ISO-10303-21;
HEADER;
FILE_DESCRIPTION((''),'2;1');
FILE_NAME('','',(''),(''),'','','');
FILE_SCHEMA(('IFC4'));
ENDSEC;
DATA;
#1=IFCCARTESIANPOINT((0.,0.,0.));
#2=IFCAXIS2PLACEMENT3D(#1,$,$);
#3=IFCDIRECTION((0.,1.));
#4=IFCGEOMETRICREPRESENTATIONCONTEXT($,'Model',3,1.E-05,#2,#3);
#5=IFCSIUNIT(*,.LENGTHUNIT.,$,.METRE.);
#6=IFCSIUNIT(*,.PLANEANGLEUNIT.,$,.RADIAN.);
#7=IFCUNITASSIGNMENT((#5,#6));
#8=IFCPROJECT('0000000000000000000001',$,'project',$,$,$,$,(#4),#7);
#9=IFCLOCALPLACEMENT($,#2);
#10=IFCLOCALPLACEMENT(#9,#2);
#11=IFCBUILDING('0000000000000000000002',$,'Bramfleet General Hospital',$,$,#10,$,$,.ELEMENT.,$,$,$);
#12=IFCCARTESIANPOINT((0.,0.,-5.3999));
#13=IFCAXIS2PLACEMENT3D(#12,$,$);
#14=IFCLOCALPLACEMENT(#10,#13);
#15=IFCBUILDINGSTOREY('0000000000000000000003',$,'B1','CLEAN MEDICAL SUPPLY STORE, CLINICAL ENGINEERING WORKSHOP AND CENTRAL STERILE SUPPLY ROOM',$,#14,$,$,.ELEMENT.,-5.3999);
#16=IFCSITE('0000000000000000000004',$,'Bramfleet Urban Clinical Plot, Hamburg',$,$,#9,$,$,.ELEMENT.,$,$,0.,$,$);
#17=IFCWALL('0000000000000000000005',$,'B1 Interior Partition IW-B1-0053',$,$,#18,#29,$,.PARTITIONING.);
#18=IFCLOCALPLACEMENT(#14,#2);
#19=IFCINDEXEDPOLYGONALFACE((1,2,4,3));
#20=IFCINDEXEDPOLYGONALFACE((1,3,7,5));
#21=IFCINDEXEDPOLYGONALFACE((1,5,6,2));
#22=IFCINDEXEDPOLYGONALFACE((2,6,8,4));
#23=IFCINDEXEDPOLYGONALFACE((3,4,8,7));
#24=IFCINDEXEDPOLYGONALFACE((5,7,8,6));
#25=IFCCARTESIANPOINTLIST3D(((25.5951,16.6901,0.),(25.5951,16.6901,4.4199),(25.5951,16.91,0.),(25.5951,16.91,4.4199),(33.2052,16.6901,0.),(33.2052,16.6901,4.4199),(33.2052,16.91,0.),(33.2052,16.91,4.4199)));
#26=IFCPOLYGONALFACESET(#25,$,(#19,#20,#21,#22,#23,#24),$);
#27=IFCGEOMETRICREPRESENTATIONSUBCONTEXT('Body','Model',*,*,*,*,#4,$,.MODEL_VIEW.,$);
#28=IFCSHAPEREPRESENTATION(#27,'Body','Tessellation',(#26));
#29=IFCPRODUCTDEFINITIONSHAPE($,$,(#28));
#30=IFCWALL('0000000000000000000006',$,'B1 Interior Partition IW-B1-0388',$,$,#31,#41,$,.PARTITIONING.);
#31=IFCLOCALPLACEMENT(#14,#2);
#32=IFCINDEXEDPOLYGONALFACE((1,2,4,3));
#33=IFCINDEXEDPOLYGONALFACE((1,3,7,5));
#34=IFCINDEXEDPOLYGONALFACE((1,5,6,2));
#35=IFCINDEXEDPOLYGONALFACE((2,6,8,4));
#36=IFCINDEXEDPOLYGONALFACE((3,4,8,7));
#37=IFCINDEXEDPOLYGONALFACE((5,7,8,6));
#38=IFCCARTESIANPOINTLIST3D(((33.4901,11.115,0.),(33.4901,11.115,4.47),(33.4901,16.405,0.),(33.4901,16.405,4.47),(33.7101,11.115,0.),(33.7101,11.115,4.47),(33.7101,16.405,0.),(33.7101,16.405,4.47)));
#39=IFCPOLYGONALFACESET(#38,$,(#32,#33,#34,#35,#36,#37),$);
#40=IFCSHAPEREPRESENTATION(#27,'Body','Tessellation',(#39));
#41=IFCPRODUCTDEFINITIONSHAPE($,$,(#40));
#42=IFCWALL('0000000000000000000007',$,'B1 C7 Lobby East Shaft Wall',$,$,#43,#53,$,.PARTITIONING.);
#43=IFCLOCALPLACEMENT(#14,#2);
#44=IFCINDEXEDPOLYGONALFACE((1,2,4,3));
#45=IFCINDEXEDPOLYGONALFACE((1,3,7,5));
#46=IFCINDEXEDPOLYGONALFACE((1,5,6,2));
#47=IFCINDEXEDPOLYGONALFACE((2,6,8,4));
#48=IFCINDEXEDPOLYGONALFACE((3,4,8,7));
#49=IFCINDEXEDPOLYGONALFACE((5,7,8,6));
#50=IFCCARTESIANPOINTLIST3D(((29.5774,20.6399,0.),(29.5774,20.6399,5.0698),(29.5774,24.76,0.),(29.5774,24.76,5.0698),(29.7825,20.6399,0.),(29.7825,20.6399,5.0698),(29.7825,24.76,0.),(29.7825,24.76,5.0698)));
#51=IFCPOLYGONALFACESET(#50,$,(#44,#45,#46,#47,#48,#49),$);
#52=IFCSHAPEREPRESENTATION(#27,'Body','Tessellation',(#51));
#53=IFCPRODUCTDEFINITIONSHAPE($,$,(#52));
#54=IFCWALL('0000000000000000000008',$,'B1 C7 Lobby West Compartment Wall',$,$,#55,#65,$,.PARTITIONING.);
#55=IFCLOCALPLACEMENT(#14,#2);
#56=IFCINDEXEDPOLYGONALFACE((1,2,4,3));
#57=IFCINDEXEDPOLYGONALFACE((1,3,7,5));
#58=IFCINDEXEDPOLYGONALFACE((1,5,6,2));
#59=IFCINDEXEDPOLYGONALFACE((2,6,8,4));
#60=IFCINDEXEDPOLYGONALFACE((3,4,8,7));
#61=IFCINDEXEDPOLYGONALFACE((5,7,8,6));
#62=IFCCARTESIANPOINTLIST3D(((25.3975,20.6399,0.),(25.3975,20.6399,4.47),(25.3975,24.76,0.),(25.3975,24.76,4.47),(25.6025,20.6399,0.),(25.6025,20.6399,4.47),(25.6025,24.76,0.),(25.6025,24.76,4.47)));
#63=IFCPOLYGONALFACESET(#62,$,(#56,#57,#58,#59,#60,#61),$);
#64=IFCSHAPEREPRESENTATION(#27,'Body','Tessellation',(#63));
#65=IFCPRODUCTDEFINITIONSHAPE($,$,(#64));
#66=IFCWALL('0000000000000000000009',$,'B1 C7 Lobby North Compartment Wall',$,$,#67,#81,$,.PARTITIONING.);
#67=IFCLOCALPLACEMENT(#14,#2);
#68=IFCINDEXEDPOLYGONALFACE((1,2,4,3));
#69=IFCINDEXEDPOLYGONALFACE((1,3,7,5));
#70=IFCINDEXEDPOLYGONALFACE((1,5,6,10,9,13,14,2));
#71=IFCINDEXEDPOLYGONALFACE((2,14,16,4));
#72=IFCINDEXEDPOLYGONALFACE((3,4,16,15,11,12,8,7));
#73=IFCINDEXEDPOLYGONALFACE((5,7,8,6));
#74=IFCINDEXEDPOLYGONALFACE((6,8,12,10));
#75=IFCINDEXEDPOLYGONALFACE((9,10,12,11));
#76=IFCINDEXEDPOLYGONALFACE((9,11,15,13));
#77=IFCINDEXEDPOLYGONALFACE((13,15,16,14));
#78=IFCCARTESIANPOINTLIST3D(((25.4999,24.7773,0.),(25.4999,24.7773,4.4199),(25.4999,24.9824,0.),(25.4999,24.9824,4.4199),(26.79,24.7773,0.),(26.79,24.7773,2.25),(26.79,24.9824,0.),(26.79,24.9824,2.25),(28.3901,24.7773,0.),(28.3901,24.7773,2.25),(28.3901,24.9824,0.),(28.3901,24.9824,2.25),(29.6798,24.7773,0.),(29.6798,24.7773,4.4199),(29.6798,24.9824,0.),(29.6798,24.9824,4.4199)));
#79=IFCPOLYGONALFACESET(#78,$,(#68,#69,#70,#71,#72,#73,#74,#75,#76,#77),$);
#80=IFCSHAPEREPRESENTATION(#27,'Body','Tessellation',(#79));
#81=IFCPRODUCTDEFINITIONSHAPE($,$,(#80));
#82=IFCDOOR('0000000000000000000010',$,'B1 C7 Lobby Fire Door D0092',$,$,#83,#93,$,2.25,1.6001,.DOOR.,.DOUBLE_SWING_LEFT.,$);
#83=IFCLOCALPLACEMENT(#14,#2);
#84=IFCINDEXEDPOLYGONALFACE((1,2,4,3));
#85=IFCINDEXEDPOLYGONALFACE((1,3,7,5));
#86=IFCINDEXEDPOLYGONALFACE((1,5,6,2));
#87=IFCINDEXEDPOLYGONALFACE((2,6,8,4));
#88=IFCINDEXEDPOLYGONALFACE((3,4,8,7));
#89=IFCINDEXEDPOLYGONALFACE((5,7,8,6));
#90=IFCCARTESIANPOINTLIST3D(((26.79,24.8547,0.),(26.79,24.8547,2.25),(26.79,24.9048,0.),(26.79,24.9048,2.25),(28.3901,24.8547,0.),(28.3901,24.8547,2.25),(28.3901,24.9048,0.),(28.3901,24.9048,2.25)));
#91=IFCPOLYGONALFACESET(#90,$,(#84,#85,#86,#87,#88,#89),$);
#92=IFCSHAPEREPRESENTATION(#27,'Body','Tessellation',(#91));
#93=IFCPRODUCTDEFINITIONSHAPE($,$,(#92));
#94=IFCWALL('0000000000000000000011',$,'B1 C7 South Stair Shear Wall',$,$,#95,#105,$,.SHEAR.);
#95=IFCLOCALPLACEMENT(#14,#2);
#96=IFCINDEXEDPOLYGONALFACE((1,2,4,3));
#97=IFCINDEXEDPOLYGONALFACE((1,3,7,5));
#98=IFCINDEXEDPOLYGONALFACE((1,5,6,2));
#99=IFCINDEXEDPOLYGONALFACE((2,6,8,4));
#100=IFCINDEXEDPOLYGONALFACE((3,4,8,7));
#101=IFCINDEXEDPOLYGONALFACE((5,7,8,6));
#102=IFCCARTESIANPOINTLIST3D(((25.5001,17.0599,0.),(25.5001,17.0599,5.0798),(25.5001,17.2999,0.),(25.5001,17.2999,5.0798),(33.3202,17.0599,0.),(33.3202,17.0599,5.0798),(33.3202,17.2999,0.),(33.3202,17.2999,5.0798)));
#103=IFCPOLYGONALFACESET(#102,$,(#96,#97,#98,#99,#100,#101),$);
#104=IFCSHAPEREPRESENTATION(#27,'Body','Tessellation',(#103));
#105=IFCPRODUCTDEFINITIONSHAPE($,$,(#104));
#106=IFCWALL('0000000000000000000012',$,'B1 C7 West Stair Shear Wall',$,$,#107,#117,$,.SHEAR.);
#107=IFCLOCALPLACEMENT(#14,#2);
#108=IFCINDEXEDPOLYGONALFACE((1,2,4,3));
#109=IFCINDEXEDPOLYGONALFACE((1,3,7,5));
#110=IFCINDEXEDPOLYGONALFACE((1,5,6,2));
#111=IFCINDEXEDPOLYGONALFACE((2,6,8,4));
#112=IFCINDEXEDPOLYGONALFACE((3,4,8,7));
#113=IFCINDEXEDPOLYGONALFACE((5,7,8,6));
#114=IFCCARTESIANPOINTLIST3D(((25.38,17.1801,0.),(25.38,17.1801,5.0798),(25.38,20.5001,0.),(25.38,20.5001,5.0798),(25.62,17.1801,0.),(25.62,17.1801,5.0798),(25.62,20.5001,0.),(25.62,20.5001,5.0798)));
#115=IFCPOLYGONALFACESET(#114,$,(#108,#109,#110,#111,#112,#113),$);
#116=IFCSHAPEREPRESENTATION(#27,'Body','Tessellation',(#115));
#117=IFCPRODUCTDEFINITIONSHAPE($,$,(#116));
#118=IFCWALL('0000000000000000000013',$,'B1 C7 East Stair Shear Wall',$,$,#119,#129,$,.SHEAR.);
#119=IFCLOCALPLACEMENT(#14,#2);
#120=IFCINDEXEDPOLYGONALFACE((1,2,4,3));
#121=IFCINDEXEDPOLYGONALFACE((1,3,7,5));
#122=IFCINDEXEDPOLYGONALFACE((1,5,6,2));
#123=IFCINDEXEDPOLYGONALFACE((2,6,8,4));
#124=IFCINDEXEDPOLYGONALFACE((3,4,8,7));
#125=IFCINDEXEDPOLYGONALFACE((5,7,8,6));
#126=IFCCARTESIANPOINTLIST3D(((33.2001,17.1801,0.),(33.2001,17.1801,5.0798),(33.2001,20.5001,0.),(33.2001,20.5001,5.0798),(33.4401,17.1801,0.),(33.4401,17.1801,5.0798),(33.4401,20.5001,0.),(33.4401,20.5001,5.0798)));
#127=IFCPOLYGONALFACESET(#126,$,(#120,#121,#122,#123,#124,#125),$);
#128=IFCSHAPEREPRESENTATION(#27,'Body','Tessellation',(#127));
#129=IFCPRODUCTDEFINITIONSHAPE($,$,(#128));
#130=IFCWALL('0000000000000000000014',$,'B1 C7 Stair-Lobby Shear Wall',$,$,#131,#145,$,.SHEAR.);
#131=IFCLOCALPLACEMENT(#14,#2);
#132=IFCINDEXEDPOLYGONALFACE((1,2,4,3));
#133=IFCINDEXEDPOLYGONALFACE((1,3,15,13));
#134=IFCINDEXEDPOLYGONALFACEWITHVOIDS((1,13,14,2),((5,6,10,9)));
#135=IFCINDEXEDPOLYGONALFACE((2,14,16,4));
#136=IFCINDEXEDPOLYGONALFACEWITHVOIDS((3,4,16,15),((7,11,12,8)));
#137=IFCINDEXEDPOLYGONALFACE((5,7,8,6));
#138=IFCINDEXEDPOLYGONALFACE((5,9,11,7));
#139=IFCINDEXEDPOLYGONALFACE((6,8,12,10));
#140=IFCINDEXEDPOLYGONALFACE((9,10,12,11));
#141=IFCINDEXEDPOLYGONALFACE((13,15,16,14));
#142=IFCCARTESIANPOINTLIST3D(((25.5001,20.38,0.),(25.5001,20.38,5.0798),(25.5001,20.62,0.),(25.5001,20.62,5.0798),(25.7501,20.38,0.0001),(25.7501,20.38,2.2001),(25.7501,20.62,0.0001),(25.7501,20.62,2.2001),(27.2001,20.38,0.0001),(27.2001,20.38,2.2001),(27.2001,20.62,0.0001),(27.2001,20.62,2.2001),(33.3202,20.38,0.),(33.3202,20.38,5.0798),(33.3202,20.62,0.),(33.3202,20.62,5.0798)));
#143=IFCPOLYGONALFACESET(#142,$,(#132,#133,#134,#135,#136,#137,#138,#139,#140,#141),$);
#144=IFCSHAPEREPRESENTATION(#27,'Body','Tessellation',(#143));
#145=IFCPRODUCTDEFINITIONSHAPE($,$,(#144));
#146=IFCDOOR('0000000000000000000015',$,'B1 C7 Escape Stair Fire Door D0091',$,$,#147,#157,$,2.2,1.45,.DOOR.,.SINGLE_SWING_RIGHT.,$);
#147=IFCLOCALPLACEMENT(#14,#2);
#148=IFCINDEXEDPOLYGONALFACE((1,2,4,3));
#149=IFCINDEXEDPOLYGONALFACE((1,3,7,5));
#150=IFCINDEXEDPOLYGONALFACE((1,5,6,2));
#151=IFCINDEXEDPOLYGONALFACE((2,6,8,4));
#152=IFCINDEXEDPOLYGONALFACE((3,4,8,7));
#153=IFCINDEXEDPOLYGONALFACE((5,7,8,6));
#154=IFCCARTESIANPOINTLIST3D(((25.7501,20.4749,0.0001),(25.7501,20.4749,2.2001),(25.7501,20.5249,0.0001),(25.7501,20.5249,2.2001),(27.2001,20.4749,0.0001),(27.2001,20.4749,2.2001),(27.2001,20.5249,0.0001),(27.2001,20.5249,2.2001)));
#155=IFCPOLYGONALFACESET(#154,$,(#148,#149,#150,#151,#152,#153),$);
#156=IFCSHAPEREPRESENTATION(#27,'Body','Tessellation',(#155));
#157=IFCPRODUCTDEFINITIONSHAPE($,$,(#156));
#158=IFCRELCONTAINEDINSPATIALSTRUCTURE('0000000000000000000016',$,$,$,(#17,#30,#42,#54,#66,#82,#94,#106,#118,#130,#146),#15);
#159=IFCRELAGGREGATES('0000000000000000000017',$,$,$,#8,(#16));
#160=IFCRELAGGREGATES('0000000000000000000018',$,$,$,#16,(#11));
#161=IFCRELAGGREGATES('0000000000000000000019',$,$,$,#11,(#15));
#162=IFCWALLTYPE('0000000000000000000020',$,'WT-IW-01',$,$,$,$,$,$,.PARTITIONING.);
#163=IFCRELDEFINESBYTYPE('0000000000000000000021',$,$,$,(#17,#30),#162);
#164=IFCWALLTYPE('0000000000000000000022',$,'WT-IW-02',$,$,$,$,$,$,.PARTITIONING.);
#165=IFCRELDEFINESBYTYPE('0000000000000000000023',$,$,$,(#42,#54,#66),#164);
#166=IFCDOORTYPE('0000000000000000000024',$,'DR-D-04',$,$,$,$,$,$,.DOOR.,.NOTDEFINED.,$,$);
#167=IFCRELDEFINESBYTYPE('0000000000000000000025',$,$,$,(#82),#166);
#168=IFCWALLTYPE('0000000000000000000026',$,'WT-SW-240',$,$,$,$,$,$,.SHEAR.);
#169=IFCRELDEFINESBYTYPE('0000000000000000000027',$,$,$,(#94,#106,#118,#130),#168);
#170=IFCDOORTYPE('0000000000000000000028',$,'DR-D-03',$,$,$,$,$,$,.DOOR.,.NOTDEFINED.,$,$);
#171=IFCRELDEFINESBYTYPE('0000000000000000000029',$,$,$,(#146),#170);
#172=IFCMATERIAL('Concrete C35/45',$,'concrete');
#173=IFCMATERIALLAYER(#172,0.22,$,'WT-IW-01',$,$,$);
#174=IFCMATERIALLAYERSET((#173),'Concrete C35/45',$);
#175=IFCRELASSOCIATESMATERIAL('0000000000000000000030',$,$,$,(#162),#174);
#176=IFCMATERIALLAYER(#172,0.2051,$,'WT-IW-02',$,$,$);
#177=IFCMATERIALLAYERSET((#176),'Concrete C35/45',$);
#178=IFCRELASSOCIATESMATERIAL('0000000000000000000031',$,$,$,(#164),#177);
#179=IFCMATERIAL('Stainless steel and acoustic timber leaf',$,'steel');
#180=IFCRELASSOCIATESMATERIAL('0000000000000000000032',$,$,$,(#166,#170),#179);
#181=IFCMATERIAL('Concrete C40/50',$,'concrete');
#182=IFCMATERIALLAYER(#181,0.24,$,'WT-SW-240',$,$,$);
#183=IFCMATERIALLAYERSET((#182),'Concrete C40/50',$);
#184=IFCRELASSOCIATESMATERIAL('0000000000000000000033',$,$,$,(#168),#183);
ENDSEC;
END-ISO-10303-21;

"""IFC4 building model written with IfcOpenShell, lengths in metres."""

from ifc_helpers import new_model, si_unit, direction, frame, frame_2d, origin, place, context, subcontext, project, spatial, rectangle, extrude, material, layer, layer_set, type_object, element, fill, save


model = new_model("IFC4")

# Units and contexts
model_context = context("Model", 3, precision=1e-05, world=origin(), true_north=direction((0.0, 1.0)))
body_context = subcontext(model_context, "Body", "Model", "MODEL_VIEW")
ifc_project = project(units=[si_unit("LENGTHUNIT", "METRE"), si_unit("PLANEANGLEUNIT", "RADIAN")], contexts=[model_context])

# Site, building, storey
site_placement = place(None, origin())
site = spatial("IfcSite", under=ifc_project, at=site_placement, Name="Bramfleet Urban Clinical Plot, Hamburg", CompositionType="ELEMENT", RefElevation=0.0)
building_placement = place(site_placement, origin())
building = spatial("IfcBuilding", under=site, at=building_placement, Name="Bramfleet General Hospital", CompositionType="ELEMENT")
storey_placement = place(building_placement, frame((0.0, 0.0, -5.3999)))
storey = spatial("IfcBuildingStorey", under=building, at=storey_placement, Name="B1", Description="CLEAN MEDICAL SUPPLY STORE, CLINICAL ENGINEERING WORKSHOP AND CENTRAL STERILE SUPPLY ROOM", CompositionType="ELEMENT", Elevation=-5.3999)

# Shared definitions
ifc_material_1 = material(Name="Concrete C35/45", Category="concrete")

# Shared definitions
ifc_material_2 = material(Name="Concrete C40/50", Category="concrete")

# Walls
ifc_layer_1 = layer(ifc_material_1, 0.22, Name="WT-IW-01")
ifc_layer_set_1 = layer_set([ifc_layer_1], Name="Concrete C35/45")
wall_type_1 = type_object("IfcWallType", Name="WT-IW-01", PredefinedType="PARTITIONING", material=ifc_layer_set_1)
wall_1_placement = place(storey_placement, frame((25.595, 16.8, 0.0), z_axis=(0.0, 0.0, 1.0), x_axis=(1.0, 0.0, 0.0)))
element("IfcWall", 1, at=wall_1_placement, inside=storey, type_object=wall_type_1, Name="B1 Interior Partition IW-B1-0053", PredefinedType="PARTITIONING", context=body_context, shape_type="SweptSolid", body=[
    extrude(rectangle(XDim=7.6101, YDim=0.22, at=frame_2d((3.8052, 0.0))), origin(), (0.0, 0.0, 1.0), 4.4199),
])
wall_2_placement = place(storey_placement, frame((33.6001, 11.115, 0.0), z_axis=(0.0, 0.0, 1.0), x_axis=(0.0, 1.0, 0.0)))
element("IfcWall", 2, at=wall_2_placement, inside=storey, type_object=wall_type_1, Name="B1 Interior Partition IW-B1-0388", PredefinedType="PARTITIONING", context=body_context, shape_type="SweptSolid", body=[
    extrude(rectangle(XDim=5.29, YDim=0.22, at=frame_2d((2.645, 0.0))), origin(), (0.0, 0.0, 1.0), 4.47),
])
ifc_layer_2 = layer(ifc_material_1, 0.2051, Name="WT-IW-02")
ifc_layer_set_2 = layer_set([ifc_layer_2], Name="Concrete C35/45")
wall_type_2 = type_object("IfcWallType", Name="WT-IW-02", PredefinedType="PARTITIONING", material=ifc_layer_set_2)
wall_3_placement = place(storey_placement, frame((29.6799, 20.6399, 0.0), z_axis=(0.0, 0.0, 1.0), x_axis=(0.0, 1.0, 0.0)))
element("IfcWall", 3, at=wall_3_placement, inside=storey, type_object=wall_type_2, Name="B1 C7 Lobby East Shaft Wall", PredefinedType="PARTITIONING", context=body_context, shape_type="SweptSolid", body=[
    extrude(rectangle(XDim=4.1201, YDim=0.2051, at=frame_2d((2.0601, 0.0))), origin(), (0.0, 0.0, 1.0), 5.0698),
])
wall_4_placement = place(storey_placement, frame((25.5, 20.6399, 0.0), z_axis=(0.0, 0.0, 1.0), x_axis=(0.0, 1.0, 0.0)))
element("IfcWall", 4, at=wall_4_placement, inside=storey, type_object=wall_type_2, Name="B1 C7 Lobby West Compartment Wall", PredefinedType="PARTITIONING", context=body_context, shape_type="SweptSolid", body=[
    extrude(rectangle(XDim=4.1201, YDim=0.2051, at=frame_2d((2.0601, 0.0))), origin(), (0.0, 0.0, 1.0), 4.47),
])

# Wall, opening, door
wall_5_placement = place(storey_placement, frame((25.5, 24.8799, 0.0), z_axis=(0.0, 0.0, 1.0), x_axis=(1.0, 0.0, 0.0)))
wall_5 = element("IfcWall", 5, at=wall_5_placement, inside=storey, type_object=wall_type_2, Name="B1 C7 Lobby North Compartment Wall", PredefinedType="PARTITIONING", context=body_context, shape_type="SweptSolid", body=[
    extrude(rectangle(XDim=4.1799, YDim=0.2051, at=frame_2d((2.0898, 0.0))), origin(), (0.0, 0.0, 1.0), 4.4199),
])
opening_1_placement = place(wall_5_placement, frame((1.29, 0.0, 0.0)))
opening_1 = element("IfcOpeningElement", 6, at=opening_1_placement, cuts=wall_5, PredefinedType="OPENING", context=body_context, shape_type="SweptSolid", body=[
    extrude(rectangle(XDim=1.6001, YDim=2.25, at=frame_2d((0.8, 1.125))), frame((0.0, 0.1125, 0.0), z_axis=(0.0, -1.0, 0.0), x_axis=(1.0, 0.0, 0.0)), (0.0, 0.0, 1.0), 0.2251),
])
ifc_material_3 = material(Name="Stainless steel and acoustic timber leaf", Category="steel")
door_type_1 = type_object("IfcDoorType", Name="DR-D-04", OperationType="NOTDEFINED", PredefinedType="DOOR", material=ifc_material_3)
door_1_placement = place(opening_1_placement, origin())
door_1 = element("IfcDoor", 7, at=door_1_placement, inside=storey, type_object=door_type_1, Name="B1 C7 Lobby Fire Door D0092", OperationType="DOUBLE_SWING_LEFT", OverallHeight=2.25, OverallWidth=1.6001, PredefinedType="DOOR", context=body_context, shape_type="SweptSolid", body=[
    extrude(rectangle(XDim=1.6001, YDim=2.25, at=frame_2d((0.8, 1.125))), frame((0.0, 0.0249, 0.0), z_axis=(0.0, -1.0, 0.0), x_axis=(1.0, 0.0, 0.0)), (0.0, 0.0, 1.0), 0.05),
])
fill(opening_1, door_1)

# Walls
ifc_layer_3 = layer(ifc_material_2, 0.24, Name="WT-SW-240")
ifc_layer_set_3 = layer_set([ifc_layer_3], Name="Concrete C40/50")
wall_type_3 = type_object("IfcWallType", Name="WT-SW-240", PredefinedType="SHEAR", material=ifc_layer_set_3)
wall_6_placement = place(storey_placement, frame((25.5, 17.1799, 0.0), z_axis=(0.0, 0.0, 1.0), x_axis=(1.0, 0.0, 0.0)))
element("IfcWall", 8, at=wall_6_placement, inside=storey, type_object=wall_type_3, Name="B1 C7 South Stair Shear Wall", PredefinedType="SHEAR", context=body_context, shape_type="SweptSolid", body=[
    extrude(rectangle(XDim=7.8201, YDim=0.24, at=frame_2d((3.9102, 0.0))), origin(), (0.0, 0.0, 1.0), 5.0798),
])
for number, where, z_axis, x_axis, name in (
    (9, (25.5, 17.1799, 0.0), (0.0, 0.0, 1.0), (0.0, 1.0, 0.0), "B1 C7 West Stair Shear Wall"),
    (10, (33.3201, 17.1799, 0.0), (0.0, 0.0, 1.0), (0.0, 1.0, 0.0), "B1 C7 East Stair Shear Wall"),
):
    element("IfcWall", number, at=place(storey_placement, frame(where, z_axis=z_axis, x_axis=x_axis)), inside=storey, type_object=wall_type_3, Name=name, PredefinedType="SHEAR", context=body_context, shape_type="SweptSolid", body=[
        extrude(rectangle(XDim=3.3201, YDim=0.24, at=frame_2d((1.6602, 0.0))), origin(), (0.0, 0.0, 1.0), 5.0798),
    ])

# Wall, opening, door
wall_7_placement = place(storey_placement, frame((25.5, 20.5, 0.0), z_axis=(0.0, 0.0, 1.0), x_axis=(1.0, 0.0, 0.0)))
wall_7 = element("IfcWall", 11, at=wall_7_placement, inside=storey, type_object=wall_type_3, Name="B1 C7 Stair-Lobby Shear Wall", PredefinedType="SHEAR", context=body_context, shape_type="SweptSolid", body=[
    extrude(rectangle(XDim=7.8201, YDim=0.24, at=frame_2d((3.9102, 0.0))), origin(), (0.0, 0.0, 1.0), 5.0798),
])
opening_2_placement = place(wall_7_placement, frame((0.25, 0.0, 0.0)))
opening_2 = element("IfcOpeningElement", 12, at=opening_2_placement, cuts=wall_7, PredefinedType="OPENING", context=body_context, shape_type="SweptSolid", body=[
    extrude(rectangle(XDim=1.45, YDim=2.2, at=frame_2d((0.7251, 1.1001))), frame((0.0, 0.1299, 0.0), z_axis=(0.0, -1.0, 0.0), x_axis=(1.0, 0.0, 0.0)), (0.0, 0.0, 1.0), 0.26),
])
door_type_2 = type_object("IfcDoorType", Name="DR-D-03", OperationType="NOTDEFINED", PredefinedType="DOOR", material=ifc_material_3)
door_2_placement = place(opening_2_placement, origin())
door_2 = element("IfcDoor", 13, at=door_2_placement, inside=storey, type_object=door_type_2, Name="B1 C7 Escape Stair Fire Door D0091", OperationType="SINGLE_SWING_RIGHT", OverallHeight=2.2, OverallWidth=1.45, PredefinedType="DOOR", context=body_context, shape_type="SweptSolid", body=[
    extrude(rectangle(XDim=1.45, YDim=2.2, at=frame_2d((0.7251, 1.1001))), frame((0.0, 0.0249, 0.0), z_axis=(0.0, -1.0, 0.0), x_axis=(1.0, 0.0, 0.0)), (0.0, 0.0, 1.0), 0.05),
])
fill(opening_2, door_2)

save(model, "model.ifc")
